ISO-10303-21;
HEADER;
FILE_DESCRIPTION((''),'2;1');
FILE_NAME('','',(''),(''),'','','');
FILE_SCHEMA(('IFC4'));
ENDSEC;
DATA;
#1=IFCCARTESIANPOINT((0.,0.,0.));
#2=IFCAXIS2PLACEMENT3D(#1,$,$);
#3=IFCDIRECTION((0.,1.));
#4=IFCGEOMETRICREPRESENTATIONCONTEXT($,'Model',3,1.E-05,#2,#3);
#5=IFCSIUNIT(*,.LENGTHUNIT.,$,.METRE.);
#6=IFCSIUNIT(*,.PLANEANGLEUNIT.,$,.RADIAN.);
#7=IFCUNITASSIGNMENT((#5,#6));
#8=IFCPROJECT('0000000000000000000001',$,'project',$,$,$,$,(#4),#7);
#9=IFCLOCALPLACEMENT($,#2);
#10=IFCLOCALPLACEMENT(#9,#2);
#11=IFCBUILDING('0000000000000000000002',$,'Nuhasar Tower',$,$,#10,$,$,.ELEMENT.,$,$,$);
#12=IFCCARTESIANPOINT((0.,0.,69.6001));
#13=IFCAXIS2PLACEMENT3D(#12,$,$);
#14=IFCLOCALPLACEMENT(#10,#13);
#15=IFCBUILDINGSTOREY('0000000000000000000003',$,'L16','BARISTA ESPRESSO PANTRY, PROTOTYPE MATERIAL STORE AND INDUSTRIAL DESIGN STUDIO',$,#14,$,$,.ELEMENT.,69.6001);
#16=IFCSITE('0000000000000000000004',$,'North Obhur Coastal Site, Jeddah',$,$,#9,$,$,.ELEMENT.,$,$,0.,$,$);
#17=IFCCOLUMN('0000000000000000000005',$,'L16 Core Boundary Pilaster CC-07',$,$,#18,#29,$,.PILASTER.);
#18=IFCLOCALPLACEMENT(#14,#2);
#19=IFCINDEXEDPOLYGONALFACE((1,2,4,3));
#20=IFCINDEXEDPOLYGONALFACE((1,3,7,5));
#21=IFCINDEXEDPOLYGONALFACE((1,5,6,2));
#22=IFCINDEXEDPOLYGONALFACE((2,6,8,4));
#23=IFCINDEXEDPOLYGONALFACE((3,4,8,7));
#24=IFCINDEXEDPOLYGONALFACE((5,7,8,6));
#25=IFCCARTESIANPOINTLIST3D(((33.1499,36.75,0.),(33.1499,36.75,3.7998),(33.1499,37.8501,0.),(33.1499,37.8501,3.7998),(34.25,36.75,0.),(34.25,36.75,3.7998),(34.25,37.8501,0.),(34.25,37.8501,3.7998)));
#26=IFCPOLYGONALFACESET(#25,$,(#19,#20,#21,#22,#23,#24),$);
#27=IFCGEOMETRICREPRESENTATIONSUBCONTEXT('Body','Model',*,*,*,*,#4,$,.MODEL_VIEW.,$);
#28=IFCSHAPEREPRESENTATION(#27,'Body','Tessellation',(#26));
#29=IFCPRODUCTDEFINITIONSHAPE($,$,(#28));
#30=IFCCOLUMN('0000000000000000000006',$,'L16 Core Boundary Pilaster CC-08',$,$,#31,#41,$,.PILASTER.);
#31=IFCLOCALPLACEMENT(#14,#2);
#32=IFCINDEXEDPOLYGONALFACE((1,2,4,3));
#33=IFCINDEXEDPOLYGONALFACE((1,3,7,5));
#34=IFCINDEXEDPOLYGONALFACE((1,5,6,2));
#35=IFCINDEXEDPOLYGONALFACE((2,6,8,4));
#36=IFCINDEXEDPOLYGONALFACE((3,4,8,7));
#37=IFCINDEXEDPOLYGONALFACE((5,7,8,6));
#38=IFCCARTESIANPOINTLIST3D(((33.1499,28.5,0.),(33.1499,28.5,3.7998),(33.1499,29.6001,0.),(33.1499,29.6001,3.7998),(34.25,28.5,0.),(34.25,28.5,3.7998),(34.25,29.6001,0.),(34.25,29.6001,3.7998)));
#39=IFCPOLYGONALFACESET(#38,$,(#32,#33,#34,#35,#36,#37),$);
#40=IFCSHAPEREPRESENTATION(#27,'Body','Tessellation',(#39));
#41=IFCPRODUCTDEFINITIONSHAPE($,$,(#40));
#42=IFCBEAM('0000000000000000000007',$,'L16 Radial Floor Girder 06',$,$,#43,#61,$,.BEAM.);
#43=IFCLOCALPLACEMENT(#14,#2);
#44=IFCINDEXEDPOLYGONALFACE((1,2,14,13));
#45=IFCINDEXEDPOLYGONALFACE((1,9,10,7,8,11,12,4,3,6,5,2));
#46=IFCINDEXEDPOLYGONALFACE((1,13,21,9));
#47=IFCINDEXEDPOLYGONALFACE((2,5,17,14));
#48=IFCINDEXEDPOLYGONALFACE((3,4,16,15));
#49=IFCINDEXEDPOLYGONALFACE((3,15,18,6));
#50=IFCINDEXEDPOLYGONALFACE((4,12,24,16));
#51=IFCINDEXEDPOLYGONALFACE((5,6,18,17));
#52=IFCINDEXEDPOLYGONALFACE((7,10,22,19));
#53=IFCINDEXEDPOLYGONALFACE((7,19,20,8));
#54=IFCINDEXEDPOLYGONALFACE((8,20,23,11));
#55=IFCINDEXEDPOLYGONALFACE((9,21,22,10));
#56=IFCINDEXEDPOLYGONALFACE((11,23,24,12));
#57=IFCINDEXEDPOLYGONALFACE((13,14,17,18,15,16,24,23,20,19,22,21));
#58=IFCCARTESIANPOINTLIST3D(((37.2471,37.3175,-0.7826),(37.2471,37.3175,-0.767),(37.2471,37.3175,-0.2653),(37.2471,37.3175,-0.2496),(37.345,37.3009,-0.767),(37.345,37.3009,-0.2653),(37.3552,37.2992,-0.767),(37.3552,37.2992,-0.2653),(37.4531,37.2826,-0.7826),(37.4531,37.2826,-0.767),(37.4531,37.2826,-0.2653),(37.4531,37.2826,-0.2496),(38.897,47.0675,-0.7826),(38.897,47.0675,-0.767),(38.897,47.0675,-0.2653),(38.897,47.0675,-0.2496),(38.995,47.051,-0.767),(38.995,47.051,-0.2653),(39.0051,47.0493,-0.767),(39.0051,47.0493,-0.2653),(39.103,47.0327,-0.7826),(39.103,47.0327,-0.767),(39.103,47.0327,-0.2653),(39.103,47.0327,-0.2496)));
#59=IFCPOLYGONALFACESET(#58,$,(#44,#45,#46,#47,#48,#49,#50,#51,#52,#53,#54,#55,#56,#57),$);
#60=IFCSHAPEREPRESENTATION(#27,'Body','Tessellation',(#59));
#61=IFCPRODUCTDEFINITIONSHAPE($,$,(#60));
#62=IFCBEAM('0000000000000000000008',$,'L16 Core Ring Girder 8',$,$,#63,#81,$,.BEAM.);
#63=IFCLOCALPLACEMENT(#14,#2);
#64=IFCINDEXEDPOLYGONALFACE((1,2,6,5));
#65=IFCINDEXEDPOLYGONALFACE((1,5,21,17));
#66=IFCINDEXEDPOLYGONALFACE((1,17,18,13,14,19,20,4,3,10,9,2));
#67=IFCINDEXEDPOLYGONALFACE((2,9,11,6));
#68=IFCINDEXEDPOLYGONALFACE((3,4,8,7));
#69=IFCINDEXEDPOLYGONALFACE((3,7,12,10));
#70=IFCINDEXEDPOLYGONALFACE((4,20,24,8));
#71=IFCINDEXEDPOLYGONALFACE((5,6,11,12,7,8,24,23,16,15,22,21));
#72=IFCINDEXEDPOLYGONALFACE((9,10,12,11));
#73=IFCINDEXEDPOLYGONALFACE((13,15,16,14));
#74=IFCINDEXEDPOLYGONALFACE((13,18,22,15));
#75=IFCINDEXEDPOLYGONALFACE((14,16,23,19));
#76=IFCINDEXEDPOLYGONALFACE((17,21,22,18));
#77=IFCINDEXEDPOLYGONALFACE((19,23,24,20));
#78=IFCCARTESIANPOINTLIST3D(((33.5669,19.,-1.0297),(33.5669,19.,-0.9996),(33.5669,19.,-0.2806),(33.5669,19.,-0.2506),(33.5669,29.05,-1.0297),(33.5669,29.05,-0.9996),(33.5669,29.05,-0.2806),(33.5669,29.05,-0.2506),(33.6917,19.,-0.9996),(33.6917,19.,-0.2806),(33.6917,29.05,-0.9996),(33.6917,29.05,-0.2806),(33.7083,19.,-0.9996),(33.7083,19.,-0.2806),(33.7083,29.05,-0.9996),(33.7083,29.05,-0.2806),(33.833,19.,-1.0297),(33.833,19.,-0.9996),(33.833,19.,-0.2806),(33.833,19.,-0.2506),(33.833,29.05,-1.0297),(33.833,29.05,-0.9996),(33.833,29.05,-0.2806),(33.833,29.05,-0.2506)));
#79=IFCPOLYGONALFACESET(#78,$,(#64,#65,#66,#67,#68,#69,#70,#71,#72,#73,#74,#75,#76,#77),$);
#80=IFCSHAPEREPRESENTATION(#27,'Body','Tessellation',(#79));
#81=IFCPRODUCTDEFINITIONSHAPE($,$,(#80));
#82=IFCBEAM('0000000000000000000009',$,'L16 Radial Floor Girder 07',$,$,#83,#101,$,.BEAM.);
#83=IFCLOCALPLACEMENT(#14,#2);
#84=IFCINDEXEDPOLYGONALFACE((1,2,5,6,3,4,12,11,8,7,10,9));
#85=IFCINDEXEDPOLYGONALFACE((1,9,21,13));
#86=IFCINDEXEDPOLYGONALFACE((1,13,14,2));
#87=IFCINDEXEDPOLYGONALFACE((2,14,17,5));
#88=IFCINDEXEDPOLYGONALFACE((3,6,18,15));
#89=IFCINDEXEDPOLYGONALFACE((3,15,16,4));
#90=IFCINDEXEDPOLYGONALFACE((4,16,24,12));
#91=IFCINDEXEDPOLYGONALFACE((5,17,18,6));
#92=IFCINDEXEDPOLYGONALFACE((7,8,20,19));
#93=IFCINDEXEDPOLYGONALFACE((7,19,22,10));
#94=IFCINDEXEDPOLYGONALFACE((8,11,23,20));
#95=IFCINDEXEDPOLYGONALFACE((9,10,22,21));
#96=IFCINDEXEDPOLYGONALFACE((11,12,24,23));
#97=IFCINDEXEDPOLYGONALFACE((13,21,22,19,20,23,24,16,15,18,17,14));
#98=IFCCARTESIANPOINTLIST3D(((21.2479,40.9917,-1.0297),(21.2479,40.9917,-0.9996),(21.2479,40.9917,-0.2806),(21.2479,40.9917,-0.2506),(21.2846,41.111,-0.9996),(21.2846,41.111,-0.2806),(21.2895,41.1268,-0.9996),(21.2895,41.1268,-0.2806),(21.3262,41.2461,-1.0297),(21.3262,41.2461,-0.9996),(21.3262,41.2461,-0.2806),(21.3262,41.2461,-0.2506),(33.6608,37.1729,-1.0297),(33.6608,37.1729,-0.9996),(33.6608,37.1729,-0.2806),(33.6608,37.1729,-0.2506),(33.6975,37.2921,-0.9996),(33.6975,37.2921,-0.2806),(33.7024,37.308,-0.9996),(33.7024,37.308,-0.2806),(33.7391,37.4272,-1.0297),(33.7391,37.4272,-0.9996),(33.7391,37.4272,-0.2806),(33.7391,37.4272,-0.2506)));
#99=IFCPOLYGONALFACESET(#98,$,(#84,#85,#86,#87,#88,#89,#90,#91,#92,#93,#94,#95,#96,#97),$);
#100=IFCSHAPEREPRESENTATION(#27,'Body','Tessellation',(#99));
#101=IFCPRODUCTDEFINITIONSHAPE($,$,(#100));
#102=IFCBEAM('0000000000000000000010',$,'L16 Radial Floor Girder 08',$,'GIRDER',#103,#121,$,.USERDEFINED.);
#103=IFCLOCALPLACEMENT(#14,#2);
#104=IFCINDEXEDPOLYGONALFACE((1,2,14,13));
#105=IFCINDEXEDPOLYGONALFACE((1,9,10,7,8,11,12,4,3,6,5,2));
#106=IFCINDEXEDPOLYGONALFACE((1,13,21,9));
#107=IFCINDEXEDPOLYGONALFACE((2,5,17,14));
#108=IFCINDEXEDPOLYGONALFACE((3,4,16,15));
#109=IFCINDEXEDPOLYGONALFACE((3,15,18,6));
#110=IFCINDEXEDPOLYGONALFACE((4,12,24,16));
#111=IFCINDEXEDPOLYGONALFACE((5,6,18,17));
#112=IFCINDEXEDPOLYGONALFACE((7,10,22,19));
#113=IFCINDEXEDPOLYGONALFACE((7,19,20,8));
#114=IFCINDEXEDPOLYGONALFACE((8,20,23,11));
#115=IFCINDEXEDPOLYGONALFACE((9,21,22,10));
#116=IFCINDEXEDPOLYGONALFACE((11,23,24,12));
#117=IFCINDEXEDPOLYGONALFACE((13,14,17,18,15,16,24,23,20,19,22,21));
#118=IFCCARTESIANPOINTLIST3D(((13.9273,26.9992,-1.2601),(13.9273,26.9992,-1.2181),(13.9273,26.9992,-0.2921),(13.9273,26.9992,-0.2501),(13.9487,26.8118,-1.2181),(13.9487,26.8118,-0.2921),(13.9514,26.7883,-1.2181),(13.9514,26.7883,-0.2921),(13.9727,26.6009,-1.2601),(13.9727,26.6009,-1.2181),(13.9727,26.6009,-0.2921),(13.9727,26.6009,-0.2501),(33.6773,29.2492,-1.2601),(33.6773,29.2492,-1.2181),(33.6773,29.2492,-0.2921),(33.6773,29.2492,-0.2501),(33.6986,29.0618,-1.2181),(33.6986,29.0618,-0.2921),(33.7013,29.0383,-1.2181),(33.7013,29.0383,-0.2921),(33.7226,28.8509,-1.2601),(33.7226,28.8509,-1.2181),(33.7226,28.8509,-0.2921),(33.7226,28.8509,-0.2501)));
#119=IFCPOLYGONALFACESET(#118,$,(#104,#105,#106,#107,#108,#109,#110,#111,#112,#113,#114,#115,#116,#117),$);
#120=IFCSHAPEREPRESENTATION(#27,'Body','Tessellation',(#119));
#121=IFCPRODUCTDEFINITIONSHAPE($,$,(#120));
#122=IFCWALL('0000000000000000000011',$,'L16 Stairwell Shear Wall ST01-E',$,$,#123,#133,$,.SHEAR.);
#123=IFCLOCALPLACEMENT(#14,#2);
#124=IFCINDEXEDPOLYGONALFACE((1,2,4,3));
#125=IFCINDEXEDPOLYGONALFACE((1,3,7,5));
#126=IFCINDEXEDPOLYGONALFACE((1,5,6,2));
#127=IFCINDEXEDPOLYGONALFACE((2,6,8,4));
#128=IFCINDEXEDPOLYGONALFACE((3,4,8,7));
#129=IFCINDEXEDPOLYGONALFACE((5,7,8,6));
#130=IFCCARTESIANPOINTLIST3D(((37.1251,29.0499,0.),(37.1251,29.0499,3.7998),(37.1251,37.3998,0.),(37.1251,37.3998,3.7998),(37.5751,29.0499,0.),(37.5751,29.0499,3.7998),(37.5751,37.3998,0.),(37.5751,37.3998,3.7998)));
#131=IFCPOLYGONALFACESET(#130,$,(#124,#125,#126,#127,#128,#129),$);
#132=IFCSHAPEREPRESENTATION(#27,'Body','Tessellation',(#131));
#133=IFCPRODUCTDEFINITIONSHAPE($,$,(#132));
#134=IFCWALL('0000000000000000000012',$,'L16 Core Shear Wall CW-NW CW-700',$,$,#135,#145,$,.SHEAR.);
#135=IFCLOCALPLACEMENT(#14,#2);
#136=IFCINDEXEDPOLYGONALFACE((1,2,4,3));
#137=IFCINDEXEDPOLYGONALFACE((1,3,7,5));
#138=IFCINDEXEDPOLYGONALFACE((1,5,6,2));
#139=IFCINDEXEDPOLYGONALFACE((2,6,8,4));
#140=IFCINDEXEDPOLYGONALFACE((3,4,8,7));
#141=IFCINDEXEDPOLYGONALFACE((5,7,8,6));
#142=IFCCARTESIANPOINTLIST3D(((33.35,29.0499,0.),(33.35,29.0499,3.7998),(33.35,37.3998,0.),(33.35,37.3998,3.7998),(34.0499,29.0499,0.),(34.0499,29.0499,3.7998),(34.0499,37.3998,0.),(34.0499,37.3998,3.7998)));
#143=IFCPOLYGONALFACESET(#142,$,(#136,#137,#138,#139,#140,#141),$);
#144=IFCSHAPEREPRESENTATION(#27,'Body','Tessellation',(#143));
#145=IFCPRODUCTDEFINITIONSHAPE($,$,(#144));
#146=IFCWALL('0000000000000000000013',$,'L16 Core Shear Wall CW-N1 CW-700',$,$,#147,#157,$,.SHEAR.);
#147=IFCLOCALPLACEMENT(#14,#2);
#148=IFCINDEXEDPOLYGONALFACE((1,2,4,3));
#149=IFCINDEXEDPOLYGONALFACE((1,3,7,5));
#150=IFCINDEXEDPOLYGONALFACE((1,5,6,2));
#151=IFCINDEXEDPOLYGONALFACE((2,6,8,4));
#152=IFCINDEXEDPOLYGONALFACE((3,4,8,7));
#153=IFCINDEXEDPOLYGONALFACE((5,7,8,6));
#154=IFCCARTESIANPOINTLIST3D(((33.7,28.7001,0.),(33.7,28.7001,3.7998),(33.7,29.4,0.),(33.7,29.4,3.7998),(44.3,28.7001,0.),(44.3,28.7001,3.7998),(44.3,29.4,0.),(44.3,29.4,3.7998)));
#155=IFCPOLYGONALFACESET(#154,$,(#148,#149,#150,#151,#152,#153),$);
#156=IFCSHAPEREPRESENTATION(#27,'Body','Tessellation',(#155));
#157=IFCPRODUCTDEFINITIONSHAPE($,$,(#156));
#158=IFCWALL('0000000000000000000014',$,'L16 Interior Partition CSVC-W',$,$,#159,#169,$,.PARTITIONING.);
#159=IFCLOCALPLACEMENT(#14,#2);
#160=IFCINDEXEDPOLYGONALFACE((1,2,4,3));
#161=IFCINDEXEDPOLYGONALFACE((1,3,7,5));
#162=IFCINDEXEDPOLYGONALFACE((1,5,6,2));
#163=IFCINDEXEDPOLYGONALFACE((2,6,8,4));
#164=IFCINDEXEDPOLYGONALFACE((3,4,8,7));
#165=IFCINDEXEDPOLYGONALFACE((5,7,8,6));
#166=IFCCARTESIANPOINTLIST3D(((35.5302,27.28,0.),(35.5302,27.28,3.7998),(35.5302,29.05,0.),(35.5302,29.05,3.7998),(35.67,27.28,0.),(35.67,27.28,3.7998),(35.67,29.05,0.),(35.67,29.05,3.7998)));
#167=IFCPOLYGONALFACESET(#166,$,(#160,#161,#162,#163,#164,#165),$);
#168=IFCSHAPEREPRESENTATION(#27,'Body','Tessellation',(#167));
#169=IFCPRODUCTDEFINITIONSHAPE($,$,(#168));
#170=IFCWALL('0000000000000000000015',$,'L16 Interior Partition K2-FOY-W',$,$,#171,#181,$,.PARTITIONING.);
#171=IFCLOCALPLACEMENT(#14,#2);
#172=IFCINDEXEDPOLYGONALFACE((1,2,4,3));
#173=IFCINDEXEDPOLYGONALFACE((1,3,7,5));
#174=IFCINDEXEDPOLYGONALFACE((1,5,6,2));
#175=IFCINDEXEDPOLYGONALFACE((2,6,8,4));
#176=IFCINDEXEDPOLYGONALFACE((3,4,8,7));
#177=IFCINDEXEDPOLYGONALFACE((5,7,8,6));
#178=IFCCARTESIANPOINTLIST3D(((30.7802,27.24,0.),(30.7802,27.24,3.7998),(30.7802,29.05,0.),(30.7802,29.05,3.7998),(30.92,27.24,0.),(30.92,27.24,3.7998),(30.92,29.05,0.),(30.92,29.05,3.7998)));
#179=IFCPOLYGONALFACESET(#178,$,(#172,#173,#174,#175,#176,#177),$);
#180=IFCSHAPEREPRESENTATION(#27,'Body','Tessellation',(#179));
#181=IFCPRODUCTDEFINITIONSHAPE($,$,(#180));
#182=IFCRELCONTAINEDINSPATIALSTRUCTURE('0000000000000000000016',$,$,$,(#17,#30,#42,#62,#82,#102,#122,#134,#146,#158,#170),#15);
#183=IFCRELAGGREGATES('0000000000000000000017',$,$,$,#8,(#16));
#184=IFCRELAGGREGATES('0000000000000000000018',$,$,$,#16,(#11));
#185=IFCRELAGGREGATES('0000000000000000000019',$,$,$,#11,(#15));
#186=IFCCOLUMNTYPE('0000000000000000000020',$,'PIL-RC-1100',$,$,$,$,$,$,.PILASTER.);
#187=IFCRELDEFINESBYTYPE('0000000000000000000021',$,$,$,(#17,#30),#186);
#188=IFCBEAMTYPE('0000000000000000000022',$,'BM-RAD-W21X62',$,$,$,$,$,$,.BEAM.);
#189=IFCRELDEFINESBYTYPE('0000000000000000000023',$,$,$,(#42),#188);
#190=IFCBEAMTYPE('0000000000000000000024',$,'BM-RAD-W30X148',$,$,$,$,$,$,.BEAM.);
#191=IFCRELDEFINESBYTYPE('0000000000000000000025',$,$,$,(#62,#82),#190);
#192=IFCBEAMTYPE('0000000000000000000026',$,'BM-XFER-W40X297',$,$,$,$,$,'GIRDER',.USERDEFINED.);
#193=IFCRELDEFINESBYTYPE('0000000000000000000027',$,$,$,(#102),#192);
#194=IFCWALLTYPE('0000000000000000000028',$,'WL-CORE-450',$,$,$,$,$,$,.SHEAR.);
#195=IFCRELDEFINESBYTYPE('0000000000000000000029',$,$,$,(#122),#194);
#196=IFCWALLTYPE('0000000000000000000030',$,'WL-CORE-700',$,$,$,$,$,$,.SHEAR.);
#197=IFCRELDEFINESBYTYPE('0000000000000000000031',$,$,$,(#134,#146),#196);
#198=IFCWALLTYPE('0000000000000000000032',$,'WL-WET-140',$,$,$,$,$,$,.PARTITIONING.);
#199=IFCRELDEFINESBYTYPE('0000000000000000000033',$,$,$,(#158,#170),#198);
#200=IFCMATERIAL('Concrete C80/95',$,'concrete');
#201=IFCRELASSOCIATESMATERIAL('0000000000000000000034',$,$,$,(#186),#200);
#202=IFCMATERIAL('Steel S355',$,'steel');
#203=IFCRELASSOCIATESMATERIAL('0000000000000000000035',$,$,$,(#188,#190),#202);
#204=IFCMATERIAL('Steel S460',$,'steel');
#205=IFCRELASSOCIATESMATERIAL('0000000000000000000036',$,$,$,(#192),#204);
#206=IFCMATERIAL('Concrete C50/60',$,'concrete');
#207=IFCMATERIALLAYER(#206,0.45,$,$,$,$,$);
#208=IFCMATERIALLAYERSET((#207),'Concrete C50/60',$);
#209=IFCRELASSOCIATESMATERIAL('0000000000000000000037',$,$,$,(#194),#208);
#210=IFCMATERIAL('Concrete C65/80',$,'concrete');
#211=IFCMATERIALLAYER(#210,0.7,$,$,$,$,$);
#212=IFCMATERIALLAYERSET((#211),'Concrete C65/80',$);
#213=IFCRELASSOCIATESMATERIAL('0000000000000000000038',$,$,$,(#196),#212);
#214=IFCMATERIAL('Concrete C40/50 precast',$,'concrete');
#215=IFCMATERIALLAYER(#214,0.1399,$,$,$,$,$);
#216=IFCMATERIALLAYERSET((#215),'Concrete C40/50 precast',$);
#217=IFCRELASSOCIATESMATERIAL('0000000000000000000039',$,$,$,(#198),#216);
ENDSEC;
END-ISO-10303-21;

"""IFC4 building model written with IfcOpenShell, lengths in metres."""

from ifc_helpers import new_model, si_unit, direction, frame, frame_2d, origin, origin_2d, place, context, subcontext, project, spatial, rectangle, i_section, extrude, material, layer, layer_set, material_profile, profile_set, type_object, element, save


model = new_model("IFC4")

# Units and contexts
model_context = context("Model", 3, precision=1e-05, world=origin(), true_north=direction((0.0, 1.0)))
body_context = subcontext(model_context, "Body", "Model", "MODEL_VIEW")
ifc_project = project(units=[si_unit("LENGTHUNIT", "METRE"), si_unit("PLANEANGLEUNIT", "RADIAN")], contexts=[model_context])

# Site, building, storey
site_placement = place(None, origin())
site = spatial("IfcSite", under=ifc_project, at=site_placement, Name="North Obhur Coastal Site, Jeddah", CompositionType="ELEMENT", RefElevation=0.0)
building_placement = place(site_placement, origin())
building = spatial("IfcBuilding", under=site, at=building_placement, Name="Nuhasar Tower", CompositionType="ELEMENT")
storey_placement = place(building_placement, frame((0.0, 0.0, 69.6001)))
storey = spatial("IfcBuildingStorey", under=building, at=storey_placement, Name="L16", Description="BARISTA ESPRESSO PANTRY, PROTOTYPE MATERIAL STORE AND INDUSTRIAL DESIGN STUDIO", CompositionType="ELEMENT", Elevation=69.6001)

# Columns
ifc_material_1 = material(Name="Concrete C80/95", Category="concrete")
ifc_material_profile_1 = material_profile(ifc_material_1, rectangle(XDim=1.1001, YDim=1.1001, at=origin_2d()), Name="RC1100X1100")
ifc_profile_set_1 = profile_set([ifc_material_profile_1], Name="Concrete C80/95")
column_type = type_object("IfcColumnType", Name="PIL-RC-1100", PredefinedType="PILASTER", material=ifc_profile_set_1)
for number, where, z_axis, x_axis, name in (
    (1, (33.7, 37.3, 0.0), (0.0, 0.0, 1.0), (1.0, 0.0, 0.0), "L16 Core Boundary Pilaster CC-07"),
    (2, (33.7, 29.05, 0.0), (0.0, 0.0, 1.0), (1.0, 0.0, 0.0), "L16 Core Boundary Pilaster CC-08"),
):
    element("IfcColumn", number, at=place(storey_placement, frame(where, z_axis=z_axis, x_axis=x_axis)), inside=storey, type_object=column_type, Name=name, PredefinedType="PILASTER", context=body_context, shape_type="SweptSolid", body=[
        extrude(rectangle(XDim=1.1001, YDim=1.1001, at=origin_2d()), origin(), (0.0, 0.0, 1.0), 3.7998),
    ])

# Beams
ifc_material_2 = material(Name="Steel S355", Category="steel")
ifc_material_profile_2 = material_profile(ifc_material_2, i_section(OverallWidth=0.209, OverallDepth=0.533, WebThickness=0.0103, FlangeThickness=0.0156, at=origin_2d()), Name="W21X62")
ifc_profile_set_2 = profile_set([ifc_material_profile_2], Name="Steel S355")
beam_type_1 = type_object("IfcBeamType", Name="BM-RAD-W21X62", PredefinedType="BEAM", material=ifc_profile_set_2)
beam_1_placement = place(storey_placement, frame((37.3501, 37.3, -0.5161), z_axis=(0.166849, 0.985983, 0.0), x_axis=(-0.985983, 0.166849, 0.0)))
element("IfcBeam", 3, at=beam_1_placement, inside=storey, type_object=beam_type_1, Name="L16 Radial Floor Girder 06", PredefinedType="BEAM", context=body_context, shape_type="SweptSolid", body=[
    extrude(i_section(OverallWidth=0.209, OverallDepth=0.533, WebThickness=0.0103, FlangeThickness=0.0156, at=origin_2d()), origin(), (0.0, 0.0, 1.0), 9.8887),
])
ifc_material_profile_3 = material_profile(ifc_material_2, i_section(OverallWidth=0.2661, OverallDepth=0.7791, WebThickness=0.0166, FlangeThickness=0.03, at=origin_2d()), Name="W30X148")
ifc_profile_set_3 = profile_set([ifc_material_profile_3], Name="Steel S355")
beam_type_2 = type_object("IfcBeamType", Name="BM-RAD-W30X148", PredefinedType="BEAM", material=ifc_profile_set_3)
beam_2_placement = place(storey_placement, frame((33.7, 29.05, -0.6401), z_axis=(0.0, -1.0, 0.0), x_axis=(1.0, 0.0, 0.0)))
element("IfcBeam", 4, at=beam_2_placement, inside=storey, type_object=beam_type_2, Name="L16 Core Ring Girder 8", PredefinedType="BEAM", context=body_context, shape_type="SweptSolid", body=[
    extrude(i_section(OverallWidth=0.2661, OverallDepth=0.7791, WebThickness=0.0166, FlangeThickness=0.03, at=origin_2d()), origin(), (0.0, 0.0, 1.0), 10.05),
])
beam_3_placement = place(storey_placement, frame((33.7, 37.3, -0.6401), z_axis=(-0.95579, 0.294052, 0.0), x_axis=(-0.294052, -0.95579, 0.0)))
element("IfcBeam", 5, at=beam_3_placement, inside=storey, type_object=beam_type_2, Name="L16 Radial Floor Girder 07", PredefinedType="BEAM", context=body_context, shape_type="SweptSolid", body=[
    extrude(i_section(OverallWidth=0.2661, OverallDepth=0.7791, WebThickness=0.0166, FlangeThickness=0.03, at=origin_2d()), origin(), (0.0, 0.0, 1.0), 12.9871),
])
ifc_material_3 = material(Name="Steel S460", Category="steel")
ifc_material_profile_4 = material_profile(ifc_material_3, i_section(OverallWidth=0.4009, OverallDepth=1.01, WebThickness=0.0237, FlangeThickness=0.042, at=origin_2d()), Name="W40X297")
ifc_profile_set_4 = profile_set([ifc_material_profile_4], Name="Steel S460")
beam_type_3 = type_object("IfcBeamType", Name="BM-XFER-W40X297", ElementType="GIRDER", PredefinedType="USERDEFINED", material=ifc_profile_set_4)
beam_4_placement = place(storey_placement, frame((33.7, 29.05, -0.7551), z_axis=(-0.993573, -0.113192, 0.0), x_axis=(0.113192, -0.993573, 0.0)))
element("IfcBeam", 6, at=beam_4_placement, inside=storey, type_object=beam_type_3, Name="L16 Radial Floor Girder 08", ObjectType="GIRDER", PredefinedType="USERDEFINED", context=body_context, shape_type="SweptSolid", body=[
    extrude(i_section(OverallWidth=0.4009, OverallDepth=1.01, WebThickness=0.0237, FlangeThickness=0.042, at=origin_2d()), origin(), (0.0, 0.0, 1.0), 19.8777),
])

# Walls
ifc_material_4 = material(Name="Concrete C50/60", Category="concrete")
ifc_layer_1 = layer(ifc_material_4, 0.45)
ifc_layer_set_1 = layer_set([ifc_layer_1], Name="Concrete C50/60")
wall_type_1 = type_object("IfcWallType", Name="WL-CORE-450", PredefinedType="SHEAR", material=ifc_layer_set_1)
wall_1_placement = place(storey_placement, frame((37.3501, 29.05, 0.0), z_axis=(0.0, 0.0, 1.0), x_axis=(0.0, 1.0, 0.0)))
element("IfcWall", 7, at=wall_1_placement, inside=storey, type_object=wall_type_1, Name="L16 Stairwell Shear Wall ST01-E", PredefinedType="SHEAR", context=body_context, shape_type="SweptSolid", body=[
    extrude(rectangle(XDim=8.3499, YDim=0.45, at=frame_2d((4.1748, 0.0))), origin(), (0.0, 0.0, 1.0), 3.7998),
])
ifc_material_5 = material(Name="Concrete C65/80", Category="concrete")
ifc_layer_2 = layer(ifc_material_5, 0.7)
ifc_layer_set_2 = layer_set([ifc_layer_2], Name="Concrete C65/80")
wall_type_2 = type_object("IfcWallType", Name="WL-CORE-700", PredefinedType="SHEAR", material=ifc_layer_set_2)
wall_2_placement = place(storey_placement, frame((33.7, 29.05, 0.0), z_axis=(0.0, 0.0, 1.0), x_axis=(0.0, 1.0, 0.0)))
element("IfcWall", 8, at=wall_2_placement, inside=storey, type_object=wall_type_2, Name="L16 Core Shear Wall CW-NW CW-700", PredefinedType="SHEAR", context=body_context, shape_type="SweptSolid", body=[
    extrude(rectangle(XDim=8.3499, YDim=0.7, at=frame_2d((4.1748, 0.0))), origin(), (0.0, 0.0, 1.0), 3.7998),
])
wall_3_placement = place(storey_placement, frame((33.7, 29.05, 0.0), z_axis=(0.0, 0.0, 1.0), x_axis=(1.0, 0.0, 0.0)))
element("IfcWall", 9, at=wall_3_placement, inside=storey, type_object=wall_type_2, Name="L16 Core Shear Wall CW-N1 CW-700", PredefinedType="SHEAR", context=body_context, shape_type="SweptSolid", body=[
    extrude(rectangle(XDim=10.6001, YDim=0.7, at=frame_2d((5.3, 0.0))), origin(), (0.0, 0.0, 1.0), 3.7998),
])
ifc_material_6 = material(Name="Concrete C40/50 precast", Category="concrete")
ifc_layer_3 = layer(ifc_material_6, 0.1399)
ifc_layer_set_3 = layer_set([ifc_layer_3], Name="Concrete C40/50 precast")
wall_type_3 = type_object("IfcWallType", Name="WL-WET-140", PredefinedType="PARTITIONING", material=ifc_layer_set_3)
wall_4_placement = place(storey_placement, frame((35.6001, 27.28, 0.0), z_axis=(0.0, 0.0, 1.0), x_axis=(0.0, 1.0, 0.0)))
element("IfcWall", 10, at=wall_4_placement, inside=storey, type_object=wall_type_3, Name="L16 Interior Partition CSVC-W", PredefinedType="PARTITIONING", context=body_context, shape_type="SweptSolid", body=[
    extrude(rectangle(XDim=1.77, YDim=0.1399, at=frame_2d((0.885, 0.0))), origin(), (0.0, 0.0, 1.0), 3.7998),
])
wall_5_placement = place(storey_placement, frame((30.8501, 27.24, 0.0), z_axis=(0.0, 0.0, 1.0), x_axis=(0.0, 1.0, 0.0)))
element("IfcWall", 11, at=wall_5_placement, inside=storey, type_object=wall_type_3, Name="L16 Interior Partition K2-FOY-W", PredefinedType="PARTITIONING", context=body_context, shape_type="SweptSolid", body=[
    extrude(rectangle(XDim=1.8101, YDim=0.1399, at=frame_2d((0.905, 0.0))), origin(), (0.0, 0.0, 1.0), 3.7998),
])

save(model, "model.ifc")
